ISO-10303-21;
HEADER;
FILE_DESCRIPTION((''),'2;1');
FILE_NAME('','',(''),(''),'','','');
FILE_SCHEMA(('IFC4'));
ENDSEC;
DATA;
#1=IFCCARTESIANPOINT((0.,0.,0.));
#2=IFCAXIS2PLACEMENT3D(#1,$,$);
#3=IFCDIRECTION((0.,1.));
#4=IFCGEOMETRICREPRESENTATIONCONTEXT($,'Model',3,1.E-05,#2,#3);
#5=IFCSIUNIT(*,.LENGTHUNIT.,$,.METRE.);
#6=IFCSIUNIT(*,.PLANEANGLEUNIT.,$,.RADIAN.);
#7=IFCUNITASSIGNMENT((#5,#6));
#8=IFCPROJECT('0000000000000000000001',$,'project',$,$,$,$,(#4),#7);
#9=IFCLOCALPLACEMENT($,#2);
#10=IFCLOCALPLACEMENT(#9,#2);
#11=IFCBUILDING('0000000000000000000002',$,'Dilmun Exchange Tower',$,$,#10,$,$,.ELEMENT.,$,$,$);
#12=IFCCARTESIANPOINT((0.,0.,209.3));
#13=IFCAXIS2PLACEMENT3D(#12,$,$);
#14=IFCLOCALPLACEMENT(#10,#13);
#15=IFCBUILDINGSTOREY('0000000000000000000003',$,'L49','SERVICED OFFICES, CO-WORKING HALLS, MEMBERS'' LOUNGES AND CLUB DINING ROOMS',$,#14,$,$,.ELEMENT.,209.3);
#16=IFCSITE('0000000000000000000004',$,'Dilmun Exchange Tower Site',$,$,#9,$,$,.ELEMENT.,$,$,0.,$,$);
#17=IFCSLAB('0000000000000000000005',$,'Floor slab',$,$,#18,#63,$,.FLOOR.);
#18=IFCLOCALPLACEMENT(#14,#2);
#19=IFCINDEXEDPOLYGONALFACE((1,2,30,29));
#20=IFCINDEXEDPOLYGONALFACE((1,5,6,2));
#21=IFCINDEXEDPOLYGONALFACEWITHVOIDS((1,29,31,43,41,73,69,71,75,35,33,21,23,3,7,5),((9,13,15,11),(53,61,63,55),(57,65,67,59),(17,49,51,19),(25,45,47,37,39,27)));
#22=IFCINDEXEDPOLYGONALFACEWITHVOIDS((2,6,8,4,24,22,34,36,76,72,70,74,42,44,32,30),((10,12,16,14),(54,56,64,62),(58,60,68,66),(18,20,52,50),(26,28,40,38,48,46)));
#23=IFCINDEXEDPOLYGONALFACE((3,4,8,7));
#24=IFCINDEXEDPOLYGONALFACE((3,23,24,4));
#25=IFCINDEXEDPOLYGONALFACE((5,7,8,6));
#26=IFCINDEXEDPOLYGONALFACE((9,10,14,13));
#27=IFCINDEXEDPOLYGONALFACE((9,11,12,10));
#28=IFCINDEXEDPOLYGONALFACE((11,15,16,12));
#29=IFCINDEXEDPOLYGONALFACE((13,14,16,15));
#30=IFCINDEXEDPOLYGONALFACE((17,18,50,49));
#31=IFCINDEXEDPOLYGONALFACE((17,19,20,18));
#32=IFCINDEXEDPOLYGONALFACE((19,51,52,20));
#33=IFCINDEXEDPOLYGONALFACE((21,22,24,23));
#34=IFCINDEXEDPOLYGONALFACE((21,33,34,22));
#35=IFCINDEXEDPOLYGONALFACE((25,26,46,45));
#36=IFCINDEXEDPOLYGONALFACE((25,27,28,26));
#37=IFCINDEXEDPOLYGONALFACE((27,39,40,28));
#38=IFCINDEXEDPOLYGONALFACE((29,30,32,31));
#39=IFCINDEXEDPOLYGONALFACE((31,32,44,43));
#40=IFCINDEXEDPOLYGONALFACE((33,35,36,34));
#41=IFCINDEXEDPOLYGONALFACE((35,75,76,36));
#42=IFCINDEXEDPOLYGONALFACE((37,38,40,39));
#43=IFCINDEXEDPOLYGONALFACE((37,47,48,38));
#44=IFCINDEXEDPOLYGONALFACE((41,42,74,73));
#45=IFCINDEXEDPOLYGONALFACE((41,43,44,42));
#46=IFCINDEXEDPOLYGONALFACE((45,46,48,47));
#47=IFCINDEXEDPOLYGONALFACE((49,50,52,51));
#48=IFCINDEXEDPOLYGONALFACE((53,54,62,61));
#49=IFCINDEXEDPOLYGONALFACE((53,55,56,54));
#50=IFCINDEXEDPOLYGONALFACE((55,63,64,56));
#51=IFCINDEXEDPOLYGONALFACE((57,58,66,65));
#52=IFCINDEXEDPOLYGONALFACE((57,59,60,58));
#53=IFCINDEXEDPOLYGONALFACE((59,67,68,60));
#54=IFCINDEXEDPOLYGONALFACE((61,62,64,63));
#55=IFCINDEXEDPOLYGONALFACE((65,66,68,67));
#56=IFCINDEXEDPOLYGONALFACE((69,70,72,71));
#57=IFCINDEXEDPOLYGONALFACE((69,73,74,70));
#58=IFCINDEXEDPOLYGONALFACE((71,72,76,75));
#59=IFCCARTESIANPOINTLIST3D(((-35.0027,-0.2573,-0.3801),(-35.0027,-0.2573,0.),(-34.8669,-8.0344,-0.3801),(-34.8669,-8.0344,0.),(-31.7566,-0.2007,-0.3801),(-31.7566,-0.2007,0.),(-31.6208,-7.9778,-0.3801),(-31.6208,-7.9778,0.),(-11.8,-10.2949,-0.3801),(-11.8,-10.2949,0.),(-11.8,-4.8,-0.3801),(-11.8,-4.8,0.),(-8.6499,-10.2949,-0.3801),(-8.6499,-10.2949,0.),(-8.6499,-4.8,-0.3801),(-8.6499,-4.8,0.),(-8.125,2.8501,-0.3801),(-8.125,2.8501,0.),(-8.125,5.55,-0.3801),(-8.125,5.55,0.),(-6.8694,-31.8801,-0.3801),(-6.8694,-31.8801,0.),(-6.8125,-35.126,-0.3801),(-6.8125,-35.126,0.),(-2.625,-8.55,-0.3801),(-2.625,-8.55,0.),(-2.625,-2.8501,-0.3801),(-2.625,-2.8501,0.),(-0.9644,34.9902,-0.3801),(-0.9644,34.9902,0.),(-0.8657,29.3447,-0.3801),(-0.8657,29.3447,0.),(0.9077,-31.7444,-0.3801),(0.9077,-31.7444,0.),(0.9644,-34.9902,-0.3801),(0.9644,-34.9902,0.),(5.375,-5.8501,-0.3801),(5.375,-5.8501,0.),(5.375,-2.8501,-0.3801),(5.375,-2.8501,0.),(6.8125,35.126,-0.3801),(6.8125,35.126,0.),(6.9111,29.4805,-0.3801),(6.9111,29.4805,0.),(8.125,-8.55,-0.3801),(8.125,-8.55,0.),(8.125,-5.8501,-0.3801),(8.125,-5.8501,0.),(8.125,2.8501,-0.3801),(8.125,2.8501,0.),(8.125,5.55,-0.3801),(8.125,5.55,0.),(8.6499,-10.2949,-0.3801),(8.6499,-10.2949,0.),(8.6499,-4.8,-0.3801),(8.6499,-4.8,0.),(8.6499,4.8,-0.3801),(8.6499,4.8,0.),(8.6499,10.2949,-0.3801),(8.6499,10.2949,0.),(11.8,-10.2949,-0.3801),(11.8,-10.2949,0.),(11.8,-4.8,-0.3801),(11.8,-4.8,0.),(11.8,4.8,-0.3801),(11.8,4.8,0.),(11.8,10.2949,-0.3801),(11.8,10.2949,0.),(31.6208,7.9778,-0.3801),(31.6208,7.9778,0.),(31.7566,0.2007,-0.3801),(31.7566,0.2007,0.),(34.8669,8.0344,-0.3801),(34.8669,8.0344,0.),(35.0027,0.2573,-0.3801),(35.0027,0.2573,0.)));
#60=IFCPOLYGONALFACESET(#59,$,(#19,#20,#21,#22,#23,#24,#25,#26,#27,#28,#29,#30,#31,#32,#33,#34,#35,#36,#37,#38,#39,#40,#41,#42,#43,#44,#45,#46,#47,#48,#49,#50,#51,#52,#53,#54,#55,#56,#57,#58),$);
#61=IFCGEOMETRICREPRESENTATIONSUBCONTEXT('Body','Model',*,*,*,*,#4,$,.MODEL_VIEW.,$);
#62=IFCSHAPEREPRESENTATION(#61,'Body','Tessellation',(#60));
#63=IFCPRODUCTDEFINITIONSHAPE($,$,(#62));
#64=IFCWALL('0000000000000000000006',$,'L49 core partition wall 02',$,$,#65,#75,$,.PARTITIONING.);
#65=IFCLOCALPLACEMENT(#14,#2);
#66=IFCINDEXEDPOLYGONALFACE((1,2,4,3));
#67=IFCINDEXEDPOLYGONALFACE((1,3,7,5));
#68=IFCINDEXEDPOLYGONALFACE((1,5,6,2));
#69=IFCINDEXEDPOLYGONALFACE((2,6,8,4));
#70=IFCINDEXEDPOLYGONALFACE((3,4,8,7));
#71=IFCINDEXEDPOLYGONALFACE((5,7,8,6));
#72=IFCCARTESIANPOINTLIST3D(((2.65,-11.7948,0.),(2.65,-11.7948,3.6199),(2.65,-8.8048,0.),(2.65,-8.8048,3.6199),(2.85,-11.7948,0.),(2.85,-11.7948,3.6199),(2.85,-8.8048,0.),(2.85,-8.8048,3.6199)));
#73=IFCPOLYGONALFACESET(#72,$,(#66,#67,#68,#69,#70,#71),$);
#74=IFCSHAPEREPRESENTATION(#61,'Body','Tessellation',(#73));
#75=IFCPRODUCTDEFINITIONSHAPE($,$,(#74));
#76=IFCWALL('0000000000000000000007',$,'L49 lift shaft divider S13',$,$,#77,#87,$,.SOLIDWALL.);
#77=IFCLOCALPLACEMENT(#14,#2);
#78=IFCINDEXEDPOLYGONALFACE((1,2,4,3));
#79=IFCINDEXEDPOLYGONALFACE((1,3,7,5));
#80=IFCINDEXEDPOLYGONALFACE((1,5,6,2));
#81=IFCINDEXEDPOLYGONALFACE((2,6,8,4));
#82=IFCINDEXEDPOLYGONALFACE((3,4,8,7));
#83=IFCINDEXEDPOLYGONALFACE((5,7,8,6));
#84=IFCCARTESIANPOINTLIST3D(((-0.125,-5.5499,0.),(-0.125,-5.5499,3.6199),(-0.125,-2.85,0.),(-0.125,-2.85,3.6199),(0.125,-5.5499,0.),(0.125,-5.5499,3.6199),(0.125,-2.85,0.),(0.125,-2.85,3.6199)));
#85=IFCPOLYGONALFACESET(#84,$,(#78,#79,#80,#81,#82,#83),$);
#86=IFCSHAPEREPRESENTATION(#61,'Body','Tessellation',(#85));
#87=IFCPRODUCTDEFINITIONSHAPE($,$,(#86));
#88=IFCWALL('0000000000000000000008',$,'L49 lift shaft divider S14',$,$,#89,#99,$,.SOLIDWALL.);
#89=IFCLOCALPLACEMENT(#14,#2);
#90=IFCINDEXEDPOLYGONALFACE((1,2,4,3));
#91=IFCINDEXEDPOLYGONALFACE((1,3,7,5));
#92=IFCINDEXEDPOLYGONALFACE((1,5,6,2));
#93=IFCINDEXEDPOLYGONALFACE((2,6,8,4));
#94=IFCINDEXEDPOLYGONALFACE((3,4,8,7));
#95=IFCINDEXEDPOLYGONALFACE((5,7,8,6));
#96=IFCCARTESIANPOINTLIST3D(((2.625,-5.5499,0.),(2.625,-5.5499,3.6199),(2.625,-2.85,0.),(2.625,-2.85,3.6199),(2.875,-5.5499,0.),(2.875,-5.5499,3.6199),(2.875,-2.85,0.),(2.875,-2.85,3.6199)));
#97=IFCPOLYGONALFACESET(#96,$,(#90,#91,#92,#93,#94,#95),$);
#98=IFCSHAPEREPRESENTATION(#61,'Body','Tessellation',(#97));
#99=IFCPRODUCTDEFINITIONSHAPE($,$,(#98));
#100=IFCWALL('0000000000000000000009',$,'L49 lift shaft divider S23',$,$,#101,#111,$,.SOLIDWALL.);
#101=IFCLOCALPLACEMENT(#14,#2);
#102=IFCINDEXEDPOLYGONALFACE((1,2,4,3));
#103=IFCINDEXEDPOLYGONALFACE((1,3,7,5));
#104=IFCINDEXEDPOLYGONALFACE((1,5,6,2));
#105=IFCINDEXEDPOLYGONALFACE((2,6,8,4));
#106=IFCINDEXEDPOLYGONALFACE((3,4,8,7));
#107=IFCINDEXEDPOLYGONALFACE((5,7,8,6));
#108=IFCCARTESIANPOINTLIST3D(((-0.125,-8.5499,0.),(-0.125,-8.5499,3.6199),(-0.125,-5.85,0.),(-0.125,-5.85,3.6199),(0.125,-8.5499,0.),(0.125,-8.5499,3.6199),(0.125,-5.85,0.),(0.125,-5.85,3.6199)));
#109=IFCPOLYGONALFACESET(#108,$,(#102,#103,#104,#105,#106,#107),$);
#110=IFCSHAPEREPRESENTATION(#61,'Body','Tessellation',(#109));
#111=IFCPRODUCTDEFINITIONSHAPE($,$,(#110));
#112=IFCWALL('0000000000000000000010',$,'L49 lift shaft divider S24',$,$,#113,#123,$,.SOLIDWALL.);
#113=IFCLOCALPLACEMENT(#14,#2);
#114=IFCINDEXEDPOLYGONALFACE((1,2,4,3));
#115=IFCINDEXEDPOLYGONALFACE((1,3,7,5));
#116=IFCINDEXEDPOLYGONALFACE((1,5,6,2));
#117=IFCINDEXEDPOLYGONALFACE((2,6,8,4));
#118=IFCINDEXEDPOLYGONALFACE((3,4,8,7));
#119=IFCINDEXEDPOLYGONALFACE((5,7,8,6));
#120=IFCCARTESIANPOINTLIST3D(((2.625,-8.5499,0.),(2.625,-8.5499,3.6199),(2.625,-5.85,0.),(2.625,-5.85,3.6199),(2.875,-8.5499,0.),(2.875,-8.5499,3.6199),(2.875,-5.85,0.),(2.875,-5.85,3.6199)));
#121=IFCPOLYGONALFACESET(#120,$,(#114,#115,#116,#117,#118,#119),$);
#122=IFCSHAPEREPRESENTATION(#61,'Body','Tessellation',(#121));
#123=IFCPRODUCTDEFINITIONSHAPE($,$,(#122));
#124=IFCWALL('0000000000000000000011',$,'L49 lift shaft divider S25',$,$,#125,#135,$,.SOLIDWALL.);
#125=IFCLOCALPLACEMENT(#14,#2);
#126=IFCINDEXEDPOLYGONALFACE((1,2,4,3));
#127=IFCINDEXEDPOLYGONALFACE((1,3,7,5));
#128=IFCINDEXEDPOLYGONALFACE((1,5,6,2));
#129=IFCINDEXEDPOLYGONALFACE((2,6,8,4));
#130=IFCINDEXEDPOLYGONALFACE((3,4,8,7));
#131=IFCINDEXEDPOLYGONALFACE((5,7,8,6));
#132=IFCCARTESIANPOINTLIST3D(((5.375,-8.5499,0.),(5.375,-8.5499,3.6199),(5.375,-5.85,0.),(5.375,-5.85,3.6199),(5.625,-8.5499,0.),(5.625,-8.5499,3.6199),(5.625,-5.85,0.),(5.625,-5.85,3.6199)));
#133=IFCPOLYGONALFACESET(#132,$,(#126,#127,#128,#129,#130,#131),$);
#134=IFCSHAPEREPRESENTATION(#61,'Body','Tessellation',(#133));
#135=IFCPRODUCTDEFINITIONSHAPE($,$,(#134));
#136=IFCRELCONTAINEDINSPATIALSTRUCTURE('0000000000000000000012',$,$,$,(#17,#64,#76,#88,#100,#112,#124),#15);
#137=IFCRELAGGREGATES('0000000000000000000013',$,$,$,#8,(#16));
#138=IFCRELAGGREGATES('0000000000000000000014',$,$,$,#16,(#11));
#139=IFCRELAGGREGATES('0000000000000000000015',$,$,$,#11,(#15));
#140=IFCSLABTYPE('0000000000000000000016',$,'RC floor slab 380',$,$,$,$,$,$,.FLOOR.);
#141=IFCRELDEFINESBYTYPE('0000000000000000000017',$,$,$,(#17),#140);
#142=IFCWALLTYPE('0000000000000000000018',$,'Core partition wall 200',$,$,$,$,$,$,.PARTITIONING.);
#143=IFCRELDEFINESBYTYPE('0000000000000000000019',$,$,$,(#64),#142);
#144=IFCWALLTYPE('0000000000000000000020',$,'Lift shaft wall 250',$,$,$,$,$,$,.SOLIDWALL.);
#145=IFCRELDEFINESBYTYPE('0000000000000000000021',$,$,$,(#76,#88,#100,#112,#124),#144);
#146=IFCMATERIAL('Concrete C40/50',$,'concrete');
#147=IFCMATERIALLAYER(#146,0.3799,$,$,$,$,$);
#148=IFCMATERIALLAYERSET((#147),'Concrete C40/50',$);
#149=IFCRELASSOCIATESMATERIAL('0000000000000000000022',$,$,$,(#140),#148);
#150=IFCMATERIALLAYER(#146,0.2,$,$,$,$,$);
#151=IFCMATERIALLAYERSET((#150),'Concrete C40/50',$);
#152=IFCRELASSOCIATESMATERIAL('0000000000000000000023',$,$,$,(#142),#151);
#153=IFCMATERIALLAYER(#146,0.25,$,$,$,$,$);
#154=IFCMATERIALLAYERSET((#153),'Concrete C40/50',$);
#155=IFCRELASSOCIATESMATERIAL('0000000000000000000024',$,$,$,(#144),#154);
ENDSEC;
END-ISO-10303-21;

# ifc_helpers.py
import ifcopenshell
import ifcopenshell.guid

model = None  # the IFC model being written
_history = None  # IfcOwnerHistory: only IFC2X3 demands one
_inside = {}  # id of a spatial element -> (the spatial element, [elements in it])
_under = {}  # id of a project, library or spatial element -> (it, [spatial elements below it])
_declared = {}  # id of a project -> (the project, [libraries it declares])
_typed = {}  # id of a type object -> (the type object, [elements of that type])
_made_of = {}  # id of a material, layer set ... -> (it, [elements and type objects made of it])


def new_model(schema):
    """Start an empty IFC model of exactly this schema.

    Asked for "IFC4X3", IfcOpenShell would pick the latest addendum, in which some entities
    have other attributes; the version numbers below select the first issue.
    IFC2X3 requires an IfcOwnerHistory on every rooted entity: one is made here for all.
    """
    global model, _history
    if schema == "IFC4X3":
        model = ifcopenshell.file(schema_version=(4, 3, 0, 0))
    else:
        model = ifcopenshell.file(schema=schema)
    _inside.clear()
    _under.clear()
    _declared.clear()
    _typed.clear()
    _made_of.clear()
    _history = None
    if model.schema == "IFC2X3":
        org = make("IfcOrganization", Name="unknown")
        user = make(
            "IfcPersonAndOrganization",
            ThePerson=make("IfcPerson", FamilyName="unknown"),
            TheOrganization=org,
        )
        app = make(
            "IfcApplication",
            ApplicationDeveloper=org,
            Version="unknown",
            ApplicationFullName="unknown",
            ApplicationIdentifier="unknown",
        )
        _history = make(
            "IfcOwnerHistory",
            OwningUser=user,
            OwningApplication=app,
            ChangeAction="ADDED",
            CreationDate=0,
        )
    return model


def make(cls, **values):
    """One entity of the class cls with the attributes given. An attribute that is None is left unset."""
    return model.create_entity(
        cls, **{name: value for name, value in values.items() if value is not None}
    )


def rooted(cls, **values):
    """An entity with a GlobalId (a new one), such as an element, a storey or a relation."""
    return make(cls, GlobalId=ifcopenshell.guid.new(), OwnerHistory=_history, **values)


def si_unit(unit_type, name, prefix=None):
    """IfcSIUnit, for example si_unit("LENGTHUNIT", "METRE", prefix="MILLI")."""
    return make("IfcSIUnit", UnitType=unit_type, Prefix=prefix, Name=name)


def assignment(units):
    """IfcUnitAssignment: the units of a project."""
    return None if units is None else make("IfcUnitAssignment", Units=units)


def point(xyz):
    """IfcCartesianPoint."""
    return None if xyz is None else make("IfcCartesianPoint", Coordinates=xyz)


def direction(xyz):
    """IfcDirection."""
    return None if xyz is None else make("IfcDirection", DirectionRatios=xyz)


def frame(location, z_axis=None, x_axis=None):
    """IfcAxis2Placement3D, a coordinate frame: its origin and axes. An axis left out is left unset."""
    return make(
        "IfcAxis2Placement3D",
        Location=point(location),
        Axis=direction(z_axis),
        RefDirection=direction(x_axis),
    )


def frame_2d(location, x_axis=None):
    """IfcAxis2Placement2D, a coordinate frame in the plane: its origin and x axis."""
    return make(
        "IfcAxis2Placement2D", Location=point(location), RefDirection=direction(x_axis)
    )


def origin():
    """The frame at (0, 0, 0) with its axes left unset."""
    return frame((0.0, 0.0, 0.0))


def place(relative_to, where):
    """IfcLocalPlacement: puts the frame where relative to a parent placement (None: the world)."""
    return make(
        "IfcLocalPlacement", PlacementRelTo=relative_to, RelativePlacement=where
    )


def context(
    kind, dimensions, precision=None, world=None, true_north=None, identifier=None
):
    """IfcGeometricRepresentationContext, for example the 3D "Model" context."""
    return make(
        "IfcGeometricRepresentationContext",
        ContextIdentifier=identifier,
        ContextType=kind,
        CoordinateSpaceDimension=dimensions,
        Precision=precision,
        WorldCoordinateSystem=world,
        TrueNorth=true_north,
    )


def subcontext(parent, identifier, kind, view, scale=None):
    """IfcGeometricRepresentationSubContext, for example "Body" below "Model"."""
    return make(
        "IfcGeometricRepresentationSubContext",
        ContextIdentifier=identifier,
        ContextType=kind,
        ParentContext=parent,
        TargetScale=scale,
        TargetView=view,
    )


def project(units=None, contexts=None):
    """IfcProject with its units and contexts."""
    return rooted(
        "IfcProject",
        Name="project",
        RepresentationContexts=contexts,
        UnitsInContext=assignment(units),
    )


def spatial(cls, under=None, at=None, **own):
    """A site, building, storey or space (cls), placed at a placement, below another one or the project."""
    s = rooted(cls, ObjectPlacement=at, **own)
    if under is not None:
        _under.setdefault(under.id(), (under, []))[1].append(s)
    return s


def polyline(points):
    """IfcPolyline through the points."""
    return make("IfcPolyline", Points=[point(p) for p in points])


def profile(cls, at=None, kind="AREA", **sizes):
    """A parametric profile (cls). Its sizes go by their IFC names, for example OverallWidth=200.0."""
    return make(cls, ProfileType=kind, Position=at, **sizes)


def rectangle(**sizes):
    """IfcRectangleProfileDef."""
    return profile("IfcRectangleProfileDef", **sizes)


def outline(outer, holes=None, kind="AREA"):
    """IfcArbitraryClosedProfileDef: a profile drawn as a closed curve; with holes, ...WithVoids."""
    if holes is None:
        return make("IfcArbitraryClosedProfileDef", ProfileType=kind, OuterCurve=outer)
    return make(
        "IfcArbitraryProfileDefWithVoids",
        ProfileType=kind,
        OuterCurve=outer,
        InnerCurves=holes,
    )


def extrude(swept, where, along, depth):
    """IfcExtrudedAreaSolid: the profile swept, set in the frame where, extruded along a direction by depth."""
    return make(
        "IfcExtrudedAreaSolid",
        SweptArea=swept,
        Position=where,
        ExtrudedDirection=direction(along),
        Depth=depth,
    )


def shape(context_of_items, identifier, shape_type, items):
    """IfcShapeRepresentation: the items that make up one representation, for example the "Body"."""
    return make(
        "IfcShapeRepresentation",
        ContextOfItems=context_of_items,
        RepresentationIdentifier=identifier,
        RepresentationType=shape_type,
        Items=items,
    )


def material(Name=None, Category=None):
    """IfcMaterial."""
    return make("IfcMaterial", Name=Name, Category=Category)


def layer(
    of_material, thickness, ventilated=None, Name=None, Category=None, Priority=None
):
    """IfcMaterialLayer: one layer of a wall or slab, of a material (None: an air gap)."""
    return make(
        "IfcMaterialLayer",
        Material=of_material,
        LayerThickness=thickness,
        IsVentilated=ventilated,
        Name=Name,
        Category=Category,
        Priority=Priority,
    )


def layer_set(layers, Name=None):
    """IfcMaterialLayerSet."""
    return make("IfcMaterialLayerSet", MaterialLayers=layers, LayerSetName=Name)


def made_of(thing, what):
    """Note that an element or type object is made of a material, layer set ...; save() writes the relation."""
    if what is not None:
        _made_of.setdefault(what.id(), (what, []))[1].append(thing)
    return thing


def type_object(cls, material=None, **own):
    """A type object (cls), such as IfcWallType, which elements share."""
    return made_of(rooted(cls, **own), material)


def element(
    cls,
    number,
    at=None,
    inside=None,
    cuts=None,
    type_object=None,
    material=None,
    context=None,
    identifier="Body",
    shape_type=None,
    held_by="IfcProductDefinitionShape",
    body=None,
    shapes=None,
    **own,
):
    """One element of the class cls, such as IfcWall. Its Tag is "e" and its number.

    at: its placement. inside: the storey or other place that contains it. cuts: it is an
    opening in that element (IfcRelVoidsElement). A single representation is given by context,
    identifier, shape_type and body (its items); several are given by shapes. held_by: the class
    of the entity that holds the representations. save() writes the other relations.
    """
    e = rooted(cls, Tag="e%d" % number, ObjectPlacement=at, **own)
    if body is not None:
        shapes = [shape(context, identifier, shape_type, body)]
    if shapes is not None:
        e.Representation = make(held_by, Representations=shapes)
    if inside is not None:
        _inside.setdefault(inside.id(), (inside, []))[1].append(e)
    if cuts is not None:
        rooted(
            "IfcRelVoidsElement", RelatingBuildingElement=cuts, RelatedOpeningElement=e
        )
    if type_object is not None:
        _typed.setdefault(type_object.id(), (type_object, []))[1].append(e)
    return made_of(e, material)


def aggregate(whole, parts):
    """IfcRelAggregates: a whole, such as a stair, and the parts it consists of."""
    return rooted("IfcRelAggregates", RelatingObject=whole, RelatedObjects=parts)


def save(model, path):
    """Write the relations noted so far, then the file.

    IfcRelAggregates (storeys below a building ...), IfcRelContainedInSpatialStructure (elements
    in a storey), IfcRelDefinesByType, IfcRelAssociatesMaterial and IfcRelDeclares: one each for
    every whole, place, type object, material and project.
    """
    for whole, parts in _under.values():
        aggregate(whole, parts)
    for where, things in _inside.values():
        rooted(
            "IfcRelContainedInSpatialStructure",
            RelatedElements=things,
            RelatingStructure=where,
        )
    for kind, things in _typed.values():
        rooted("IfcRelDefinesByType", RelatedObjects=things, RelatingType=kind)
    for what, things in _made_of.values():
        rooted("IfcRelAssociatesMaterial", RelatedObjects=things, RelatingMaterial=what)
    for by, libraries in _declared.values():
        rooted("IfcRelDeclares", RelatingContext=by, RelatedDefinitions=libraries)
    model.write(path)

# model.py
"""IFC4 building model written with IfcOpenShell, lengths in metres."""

from ifc_helpers import new_model, si_unit, direction, frame, frame_2d, origin, place, context, subcontext, project, spatial, polyline, rectangle, outline, extrude, material, layer, layer_set, type_object, element, save


model = new_model("IFC4")

# Units and contexts
model_context = context("Model", 3, precision=1e-05, world=origin(), true_north=direction((0.0, 1.0)))
body_context = subcontext(model_context, "Body", "Model", "MODEL_VIEW")
ifc_project = project(units=[si_unit("LENGTHUNIT", "METRE"), si_unit("PLANEANGLEUNIT", "RADIAN")], contexts=[model_context])

# Site, building, storey
site_placement = place(None, origin())
site = spatial("IfcSite", under=ifc_project, at=site_placement, Name="Dilmun Exchange Tower Site", CompositionType="ELEMENT", RefElevation=0.0)
building_placement = place(site_placement, origin())
building = spatial("IfcBuilding", under=site, at=building_placement, Name="Dilmun Exchange Tower", CompositionType="ELEMENT")
storey_placement = place(building_placement, frame((0.0, 0.0, 209.3)))
storey = spatial("IfcBuildingStorey", under=building, at=storey_placement, Name="L49", Description="SERVICED OFFICES, CO-WORKING HALLS, MEMBERS' LOUNGES AND CLUB DINING ROOMS", CompositionType="ELEMENT", Elevation=209.3)

# Slab
ifc_material_1 = material(Name="Concrete C40/50", Category="concrete")
ifc_layer_1 = layer(ifc_material_1, 0.3799)
ifc_layer_set_1 = layer_set([ifc_layer_1], Name="Concrete C40/50")
slab_type = type_object("IfcSlabType", Name="RC floor slab 380", PredefinedType="FLOOR", material=ifc_layer_set_1)
slab_placement = place(storey_placement, frame((0.0, 0.0, -0.3801)))
element("IfcSlab", 1, at=slab_placement, inside=storey, type_object=slab_type, Name="Floor slab", PredefinedType="FLOOR", context=body_context, shape_type="SweptSolid", body=[
    extrude(outline(polyline([(31.6208, 7.9778), (31.7566, 0.2007), (35.0027, 0.2573), (0.9644, -34.9902), (0.9077, -31.7444), (-6.8694, -31.8801), (-6.8125, -35.126), (-34.8669, -8.0344), (-31.6208, -7.9778), (-31.7566, -0.2007), (-35.0027, -0.2573), (-0.9644, 34.9902), (-0.8657, 29.3447), (6.9111, 29.4805), (6.8125, 35.126), (34.8669, 8.0344), (31.6208, 7.9778)]), holes=[polyline([(-8.6499, -4.8), (-11.8, -4.8), (-11.8, -10.2949), (-8.6499, -10.2949), (-8.6499, -4.8)]), polyline([(11.8, -4.8), (8.6499, -4.8), (8.6499, -10.2949), (11.8, -10.2949), (11.8, -4.8)]), polyline([(5.375, -2.8501), (-2.625, -2.8501), (-2.625, -8.55), (8.125, -8.55), (8.125, -5.8501), (5.375, -5.8501), (5.375, -2.8501)]), polyline([(8.125, 2.8501), (8.125, 5.55), (-8.125, 5.55), (-8.125, 2.8501), (8.125, 2.8501)]), polyline([(8.6499, 10.2949), (8.6499, 4.8), (11.8, 4.8), (11.8, 10.2949), (8.6499, 10.2949)])]), origin(), (0.0, 0.0, 1.0), 0.3801),
])

# Wall
ifc_layer_2 = layer(ifc_material_1, 0.2)
ifc_layer_set_2 = layer_set([ifc_layer_2], Name="Concrete C40/50")
wall_type_1 = type_object("IfcWallType", Name="Core partition wall 200", PredefinedType="PARTITIONING", material=ifc_layer_set_2)
wall_1_placement = place(storey_placement, frame((2.75, -11.7949, 0.0), z_axis=(0.0, 0.0, 1.0), x_axis=(0.0, 1.0, 0.0)))
element("IfcWall", 2, at=wall_1_placement, inside=storey, type_object=wall_type_1, Name="L49 core partition wall 02", PredefinedType="PARTITIONING", context=body_context, shape_type="SweptSolid", body=[
    extrude(rectangle(XDim=2.99, YDim=0.2, at=frame_2d((1.4951, 0.0))), origin(), (0.0, 0.0, 1.0), 3.6199),
])

# Walls
ifc_layer_3 = layer(ifc_material_1, 0.25)
ifc_layer_set_3 = layer_set([ifc_layer_3], Name="Concrete C40/50")
wall_type_2 = type_object("IfcWallType", Name="Lift shaft wall 250", PredefinedType="SOLIDWALL", material=ifc_layer_set_3)
for number, where, z_axis, x_axis, name in (
    (3, (0.0, -5.55, 0.0), (0.0, 0.0, 1.0), (0.0, 1.0, 0.0), "L49 lift shaft divider S13"),
    (4, (2.75, -5.55, 0.0), (0.0, 0.0, 1.0), (0.0, 1.0, 0.0), "L49 lift shaft divider S14"),
    (5, (0.0, -8.55, 0.0), (0.0, 0.0, 1.0), (0.0, 1.0, 0.0), "L49 lift shaft divider S23"),
    (6, (2.75, -8.55, 0.0), (0.0, 0.0, 1.0), (0.0, 1.0, 0.0), "L49 lift shaft divider S24"),
    (7, (5.5, -8.55, 0.0), (0.0, 0.0, 1.0), (0.0, 1.0, 0.0), "L49 lift shaft divider S25"),
):
    element("IfcWall", number, at=place(storey_placement, frame(where, z_axis=z_axis, x_axis=x_axis)), inside=storey, type_object=wall_type_2, Name=name, PredefinedType="SOLIDWALL", context=body_context, shape_type="SweptSolid", body=[
        extrude(rectangle(XDim=2.7, YDim=0.25, at=frame_2d((1.3501, 0.0))), origin(), (0.0, 0.0, 1.0), 3.6199),
    ])

save(model, "model.ifc")
